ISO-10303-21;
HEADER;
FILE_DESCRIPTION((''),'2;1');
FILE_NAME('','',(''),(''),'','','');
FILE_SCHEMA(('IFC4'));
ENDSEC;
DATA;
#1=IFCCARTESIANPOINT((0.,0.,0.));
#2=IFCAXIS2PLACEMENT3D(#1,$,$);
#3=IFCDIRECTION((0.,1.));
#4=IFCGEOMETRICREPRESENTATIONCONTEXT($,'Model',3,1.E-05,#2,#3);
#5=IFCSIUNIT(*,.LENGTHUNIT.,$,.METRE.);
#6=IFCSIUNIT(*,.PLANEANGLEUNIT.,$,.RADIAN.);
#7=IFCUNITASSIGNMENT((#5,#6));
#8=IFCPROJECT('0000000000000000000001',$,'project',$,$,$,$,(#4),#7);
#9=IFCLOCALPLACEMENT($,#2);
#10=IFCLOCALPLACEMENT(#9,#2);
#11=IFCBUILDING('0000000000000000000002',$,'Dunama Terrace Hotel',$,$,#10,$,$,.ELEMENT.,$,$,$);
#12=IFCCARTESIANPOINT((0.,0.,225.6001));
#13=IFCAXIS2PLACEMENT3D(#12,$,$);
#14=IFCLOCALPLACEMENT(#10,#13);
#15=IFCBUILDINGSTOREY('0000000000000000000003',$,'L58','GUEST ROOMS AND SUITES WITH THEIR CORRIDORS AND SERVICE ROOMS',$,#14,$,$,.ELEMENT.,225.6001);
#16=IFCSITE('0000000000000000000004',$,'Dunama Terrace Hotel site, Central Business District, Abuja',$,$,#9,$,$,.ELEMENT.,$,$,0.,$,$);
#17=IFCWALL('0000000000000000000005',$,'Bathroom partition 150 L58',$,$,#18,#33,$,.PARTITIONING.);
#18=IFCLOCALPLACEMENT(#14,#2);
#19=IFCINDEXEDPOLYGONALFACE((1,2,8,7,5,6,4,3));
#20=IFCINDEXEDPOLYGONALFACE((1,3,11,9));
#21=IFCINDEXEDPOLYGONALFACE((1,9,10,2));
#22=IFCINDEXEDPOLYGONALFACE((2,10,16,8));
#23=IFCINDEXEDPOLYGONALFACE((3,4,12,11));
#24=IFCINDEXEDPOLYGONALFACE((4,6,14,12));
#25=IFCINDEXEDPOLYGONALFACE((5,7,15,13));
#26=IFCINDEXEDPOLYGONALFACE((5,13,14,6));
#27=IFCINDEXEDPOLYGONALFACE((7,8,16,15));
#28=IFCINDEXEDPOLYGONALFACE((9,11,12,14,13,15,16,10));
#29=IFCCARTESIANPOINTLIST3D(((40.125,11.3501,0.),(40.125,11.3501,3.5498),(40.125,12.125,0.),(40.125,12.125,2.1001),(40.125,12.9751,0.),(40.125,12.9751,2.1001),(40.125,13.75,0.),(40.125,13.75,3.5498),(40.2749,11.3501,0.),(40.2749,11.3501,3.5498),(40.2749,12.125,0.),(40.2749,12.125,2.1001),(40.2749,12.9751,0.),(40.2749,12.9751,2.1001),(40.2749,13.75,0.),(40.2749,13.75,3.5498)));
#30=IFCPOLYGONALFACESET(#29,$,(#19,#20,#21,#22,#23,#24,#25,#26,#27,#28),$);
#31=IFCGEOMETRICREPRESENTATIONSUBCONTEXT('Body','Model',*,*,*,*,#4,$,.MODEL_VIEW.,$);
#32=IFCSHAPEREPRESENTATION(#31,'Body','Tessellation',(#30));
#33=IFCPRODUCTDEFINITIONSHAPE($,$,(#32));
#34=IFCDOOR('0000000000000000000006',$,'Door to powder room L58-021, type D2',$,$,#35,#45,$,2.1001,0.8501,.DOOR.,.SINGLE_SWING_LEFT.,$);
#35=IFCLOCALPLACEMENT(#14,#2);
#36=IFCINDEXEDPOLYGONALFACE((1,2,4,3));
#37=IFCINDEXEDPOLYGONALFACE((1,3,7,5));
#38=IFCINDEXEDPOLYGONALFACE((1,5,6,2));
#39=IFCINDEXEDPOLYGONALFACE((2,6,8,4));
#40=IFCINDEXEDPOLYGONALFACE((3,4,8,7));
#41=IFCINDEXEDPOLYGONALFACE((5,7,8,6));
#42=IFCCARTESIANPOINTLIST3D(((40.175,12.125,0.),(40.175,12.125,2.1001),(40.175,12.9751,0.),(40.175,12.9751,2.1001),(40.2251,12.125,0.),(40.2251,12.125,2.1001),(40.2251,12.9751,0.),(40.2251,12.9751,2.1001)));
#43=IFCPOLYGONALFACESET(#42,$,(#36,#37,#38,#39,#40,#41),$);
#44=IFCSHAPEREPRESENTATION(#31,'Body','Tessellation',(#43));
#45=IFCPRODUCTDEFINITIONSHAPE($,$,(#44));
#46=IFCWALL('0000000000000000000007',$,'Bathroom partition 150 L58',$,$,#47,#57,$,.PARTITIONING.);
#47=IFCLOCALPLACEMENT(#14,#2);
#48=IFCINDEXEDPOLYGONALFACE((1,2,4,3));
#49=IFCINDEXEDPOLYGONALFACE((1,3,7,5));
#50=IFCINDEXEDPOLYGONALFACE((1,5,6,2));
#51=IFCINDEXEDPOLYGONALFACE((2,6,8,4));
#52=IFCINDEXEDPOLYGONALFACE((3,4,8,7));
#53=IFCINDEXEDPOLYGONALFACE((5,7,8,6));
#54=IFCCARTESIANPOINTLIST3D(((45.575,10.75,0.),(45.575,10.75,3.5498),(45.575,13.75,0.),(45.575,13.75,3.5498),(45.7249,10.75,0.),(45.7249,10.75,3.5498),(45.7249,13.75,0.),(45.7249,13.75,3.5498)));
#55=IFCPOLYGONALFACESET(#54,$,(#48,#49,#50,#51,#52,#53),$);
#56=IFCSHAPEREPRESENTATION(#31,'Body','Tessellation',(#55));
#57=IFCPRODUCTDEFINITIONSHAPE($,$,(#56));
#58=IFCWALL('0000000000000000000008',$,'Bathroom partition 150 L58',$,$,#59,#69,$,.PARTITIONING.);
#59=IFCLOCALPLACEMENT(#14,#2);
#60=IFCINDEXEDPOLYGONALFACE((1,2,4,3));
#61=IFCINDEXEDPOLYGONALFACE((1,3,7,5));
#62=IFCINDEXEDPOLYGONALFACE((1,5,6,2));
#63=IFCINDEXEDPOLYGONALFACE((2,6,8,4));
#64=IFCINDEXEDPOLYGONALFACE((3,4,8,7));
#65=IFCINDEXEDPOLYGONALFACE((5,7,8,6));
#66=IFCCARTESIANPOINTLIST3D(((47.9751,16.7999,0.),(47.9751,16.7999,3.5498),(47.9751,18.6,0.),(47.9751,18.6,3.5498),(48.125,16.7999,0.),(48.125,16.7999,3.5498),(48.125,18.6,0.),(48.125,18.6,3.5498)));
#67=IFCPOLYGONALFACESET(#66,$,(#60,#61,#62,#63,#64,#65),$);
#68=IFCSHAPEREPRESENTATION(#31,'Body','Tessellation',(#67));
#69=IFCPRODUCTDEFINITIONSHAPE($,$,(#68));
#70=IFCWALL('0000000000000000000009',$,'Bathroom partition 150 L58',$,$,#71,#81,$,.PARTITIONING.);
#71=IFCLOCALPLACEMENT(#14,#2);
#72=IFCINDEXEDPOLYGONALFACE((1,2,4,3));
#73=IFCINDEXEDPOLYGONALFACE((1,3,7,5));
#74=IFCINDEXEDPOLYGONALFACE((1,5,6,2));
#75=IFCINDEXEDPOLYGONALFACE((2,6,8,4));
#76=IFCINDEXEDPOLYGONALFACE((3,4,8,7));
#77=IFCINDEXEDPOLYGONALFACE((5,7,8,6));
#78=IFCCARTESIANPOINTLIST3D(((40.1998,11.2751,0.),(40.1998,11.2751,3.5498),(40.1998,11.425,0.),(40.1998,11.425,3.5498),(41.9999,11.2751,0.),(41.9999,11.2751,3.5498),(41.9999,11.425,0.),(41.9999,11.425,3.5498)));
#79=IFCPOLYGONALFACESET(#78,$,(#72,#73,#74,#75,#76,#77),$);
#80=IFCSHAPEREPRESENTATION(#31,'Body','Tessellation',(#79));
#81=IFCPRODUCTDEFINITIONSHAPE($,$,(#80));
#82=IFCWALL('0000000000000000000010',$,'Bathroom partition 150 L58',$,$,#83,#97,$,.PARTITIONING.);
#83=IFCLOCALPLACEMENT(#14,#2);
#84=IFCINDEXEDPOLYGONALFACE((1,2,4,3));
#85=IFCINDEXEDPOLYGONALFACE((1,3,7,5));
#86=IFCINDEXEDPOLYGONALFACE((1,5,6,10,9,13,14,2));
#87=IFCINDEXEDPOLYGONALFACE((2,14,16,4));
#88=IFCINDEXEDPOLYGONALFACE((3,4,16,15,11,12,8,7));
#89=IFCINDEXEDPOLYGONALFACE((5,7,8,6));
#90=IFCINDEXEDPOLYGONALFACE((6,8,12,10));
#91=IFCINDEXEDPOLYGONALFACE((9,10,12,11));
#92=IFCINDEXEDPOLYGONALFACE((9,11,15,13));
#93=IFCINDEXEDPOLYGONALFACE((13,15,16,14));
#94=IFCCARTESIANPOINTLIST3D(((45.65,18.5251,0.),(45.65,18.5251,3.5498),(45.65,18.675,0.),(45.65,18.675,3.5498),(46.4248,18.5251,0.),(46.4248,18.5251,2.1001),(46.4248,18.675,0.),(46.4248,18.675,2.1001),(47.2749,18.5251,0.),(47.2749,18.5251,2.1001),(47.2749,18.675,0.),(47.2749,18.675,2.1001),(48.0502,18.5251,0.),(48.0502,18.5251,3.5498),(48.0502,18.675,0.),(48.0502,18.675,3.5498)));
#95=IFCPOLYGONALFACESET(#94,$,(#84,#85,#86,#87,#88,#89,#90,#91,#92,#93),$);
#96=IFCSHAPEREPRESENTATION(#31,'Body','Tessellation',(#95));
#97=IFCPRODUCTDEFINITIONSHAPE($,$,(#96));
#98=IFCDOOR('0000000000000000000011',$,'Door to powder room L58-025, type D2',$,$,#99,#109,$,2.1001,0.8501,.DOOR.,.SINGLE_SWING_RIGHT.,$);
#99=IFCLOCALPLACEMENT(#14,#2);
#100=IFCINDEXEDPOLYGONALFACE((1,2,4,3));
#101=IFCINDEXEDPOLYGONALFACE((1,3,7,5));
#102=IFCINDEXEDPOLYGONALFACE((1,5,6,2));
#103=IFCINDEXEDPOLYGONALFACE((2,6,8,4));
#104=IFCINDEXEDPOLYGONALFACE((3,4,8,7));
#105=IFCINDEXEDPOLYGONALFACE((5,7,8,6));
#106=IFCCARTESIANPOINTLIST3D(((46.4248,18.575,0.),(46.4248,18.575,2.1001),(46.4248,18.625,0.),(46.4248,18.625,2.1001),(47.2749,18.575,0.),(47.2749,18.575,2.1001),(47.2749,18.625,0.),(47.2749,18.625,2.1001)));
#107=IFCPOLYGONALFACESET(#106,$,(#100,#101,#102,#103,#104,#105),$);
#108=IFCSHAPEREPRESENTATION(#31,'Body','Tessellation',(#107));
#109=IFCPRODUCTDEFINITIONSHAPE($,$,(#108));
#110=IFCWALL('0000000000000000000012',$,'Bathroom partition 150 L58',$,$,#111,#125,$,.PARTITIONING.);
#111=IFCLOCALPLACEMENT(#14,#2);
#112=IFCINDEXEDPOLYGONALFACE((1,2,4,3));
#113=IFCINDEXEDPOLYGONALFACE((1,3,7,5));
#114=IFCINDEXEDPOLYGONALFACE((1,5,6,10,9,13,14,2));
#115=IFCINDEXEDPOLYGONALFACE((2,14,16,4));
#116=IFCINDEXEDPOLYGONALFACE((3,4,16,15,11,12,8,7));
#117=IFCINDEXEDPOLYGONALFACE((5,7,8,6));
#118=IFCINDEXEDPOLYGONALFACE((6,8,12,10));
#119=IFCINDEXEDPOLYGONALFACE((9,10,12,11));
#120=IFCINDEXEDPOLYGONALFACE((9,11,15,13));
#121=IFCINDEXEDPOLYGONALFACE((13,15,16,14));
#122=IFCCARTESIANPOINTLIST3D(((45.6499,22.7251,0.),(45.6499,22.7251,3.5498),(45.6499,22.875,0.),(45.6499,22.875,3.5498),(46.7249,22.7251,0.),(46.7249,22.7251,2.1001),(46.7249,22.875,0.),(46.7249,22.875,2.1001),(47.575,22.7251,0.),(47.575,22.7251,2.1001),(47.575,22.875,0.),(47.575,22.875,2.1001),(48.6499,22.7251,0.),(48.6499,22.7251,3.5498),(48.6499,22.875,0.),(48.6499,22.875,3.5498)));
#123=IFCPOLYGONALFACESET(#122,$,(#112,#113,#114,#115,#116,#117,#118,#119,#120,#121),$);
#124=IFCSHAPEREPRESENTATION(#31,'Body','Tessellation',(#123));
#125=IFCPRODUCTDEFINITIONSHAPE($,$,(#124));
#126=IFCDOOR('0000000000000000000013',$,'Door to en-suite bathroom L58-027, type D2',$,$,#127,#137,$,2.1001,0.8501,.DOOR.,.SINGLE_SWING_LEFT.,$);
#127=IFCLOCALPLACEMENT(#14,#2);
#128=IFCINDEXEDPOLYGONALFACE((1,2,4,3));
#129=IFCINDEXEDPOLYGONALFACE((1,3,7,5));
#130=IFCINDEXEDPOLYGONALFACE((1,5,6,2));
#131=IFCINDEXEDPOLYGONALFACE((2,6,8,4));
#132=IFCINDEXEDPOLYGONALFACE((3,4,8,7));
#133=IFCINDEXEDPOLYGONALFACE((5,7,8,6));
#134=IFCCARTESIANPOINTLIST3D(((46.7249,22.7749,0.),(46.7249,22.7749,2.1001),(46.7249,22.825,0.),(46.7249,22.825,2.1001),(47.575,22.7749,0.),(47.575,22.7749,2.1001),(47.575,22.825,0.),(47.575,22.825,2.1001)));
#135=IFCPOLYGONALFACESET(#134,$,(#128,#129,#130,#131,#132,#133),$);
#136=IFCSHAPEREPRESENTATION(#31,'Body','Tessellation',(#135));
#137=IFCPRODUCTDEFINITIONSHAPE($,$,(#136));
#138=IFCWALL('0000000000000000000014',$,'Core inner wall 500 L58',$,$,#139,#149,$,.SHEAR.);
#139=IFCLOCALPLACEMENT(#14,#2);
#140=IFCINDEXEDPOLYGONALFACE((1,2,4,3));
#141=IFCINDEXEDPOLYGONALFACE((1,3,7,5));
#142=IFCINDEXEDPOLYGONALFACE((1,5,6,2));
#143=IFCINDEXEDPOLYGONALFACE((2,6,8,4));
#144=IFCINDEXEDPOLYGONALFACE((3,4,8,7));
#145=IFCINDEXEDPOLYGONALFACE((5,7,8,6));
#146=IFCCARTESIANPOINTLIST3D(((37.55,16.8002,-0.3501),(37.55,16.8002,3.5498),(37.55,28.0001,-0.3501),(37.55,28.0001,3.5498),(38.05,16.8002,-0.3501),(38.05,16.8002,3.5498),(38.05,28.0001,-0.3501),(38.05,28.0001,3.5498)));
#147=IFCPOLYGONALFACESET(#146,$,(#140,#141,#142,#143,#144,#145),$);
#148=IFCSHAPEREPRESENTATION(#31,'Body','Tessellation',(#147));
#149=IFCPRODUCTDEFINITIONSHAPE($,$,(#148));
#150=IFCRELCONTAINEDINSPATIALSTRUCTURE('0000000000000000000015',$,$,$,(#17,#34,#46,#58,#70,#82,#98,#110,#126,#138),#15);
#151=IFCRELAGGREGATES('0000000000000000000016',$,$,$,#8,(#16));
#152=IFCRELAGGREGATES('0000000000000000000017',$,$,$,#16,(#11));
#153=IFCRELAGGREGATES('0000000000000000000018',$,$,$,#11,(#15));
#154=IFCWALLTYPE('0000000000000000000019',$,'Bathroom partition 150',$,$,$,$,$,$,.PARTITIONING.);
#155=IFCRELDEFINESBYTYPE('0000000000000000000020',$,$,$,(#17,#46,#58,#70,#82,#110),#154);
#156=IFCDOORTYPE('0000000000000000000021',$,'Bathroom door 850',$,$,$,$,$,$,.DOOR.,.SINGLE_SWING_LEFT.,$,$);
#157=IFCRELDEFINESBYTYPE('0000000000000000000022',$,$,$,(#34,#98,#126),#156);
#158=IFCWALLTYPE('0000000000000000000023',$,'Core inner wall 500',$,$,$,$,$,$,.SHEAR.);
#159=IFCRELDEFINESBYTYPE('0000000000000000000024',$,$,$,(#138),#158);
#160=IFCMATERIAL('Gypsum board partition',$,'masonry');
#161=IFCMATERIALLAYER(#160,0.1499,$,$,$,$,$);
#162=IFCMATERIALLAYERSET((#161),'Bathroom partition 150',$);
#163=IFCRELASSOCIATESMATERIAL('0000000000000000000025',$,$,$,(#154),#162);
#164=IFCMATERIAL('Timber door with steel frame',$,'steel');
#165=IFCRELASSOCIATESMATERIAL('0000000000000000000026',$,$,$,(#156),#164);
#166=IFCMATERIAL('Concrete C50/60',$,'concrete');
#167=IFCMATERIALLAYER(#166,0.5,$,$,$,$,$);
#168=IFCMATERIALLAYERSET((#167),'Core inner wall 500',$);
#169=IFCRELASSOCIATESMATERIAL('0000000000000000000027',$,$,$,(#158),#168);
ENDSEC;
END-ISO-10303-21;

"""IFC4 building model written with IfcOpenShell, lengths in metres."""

from ifc_helpers import new_model, si_unit, direction, frame, frame_2d, origin, place, context, subcontext, project, spatial, rectangle, extrude, material, layer, layer_set, type_object, element, fill, save


model = new_model("IFC4")

# Units and contexts
model_context = context("Model", 3, precision=1e-05, world=origin(), true_north=direction((0.0, 1.0)))
body_context = subcontext(model_context, "Body", "Model", "MODEL_VIEW")
ifc_project = project(units=[si_unit("LENGTHUNIT", "METRE"), si_unit("PLANEANGLEUNIT", "RADIAN")], contexts=[model_context])

# Site, building, storey
site_placement = place(None, origin())
site = spatial("IfcSite", under=ifc_project, at=site_placement, Name="Dunama Terrace Hotel site, Central Business District, Abuja", CompositionType="ELEMENT", RefElevation=0.0)
building_placement = place(site_placement, origin())
building = spatial("IfcBuilding", under=site, at=building_placement, Name="Dunama Terrace Hotel", CompositionType="ELEMENT")
storey_placement = place(building_placement, frame((0.0, 0.0, 225.6001)))
storey = spatial("IfcBuildingStorey", under=building, at=storey_placement, Name="L58", Description="GUEST ROOMS AND SUITES WITH THEIR CORRIDORS AND SERVICE ROOMS", CompositionType="ELEMENT", Elevation=225.6001)

# Wall, opening, door
ifc_material_1 = material(Name="Gypsum board partition", Category="masonry")
ifc_layer_1 = layer(ifc_material_1, 0.1499)
ifc_layer_set_1 = layer_set([ifc_layer_1], Name="Bathroom partition 150")
wall_type_1 = type_object("IfcWallType", Name="Bathroom partition 150", PredefinedType="PARTITIONING", material=ifc_layer_set_1)
wall_1_placement = place(storey_placement, frame((40.2, 11.3501, 0.0), z_axis=(0.0, 0.0, 1.0), x_axis=(0.0, 1.0, 0.0)))
wall_1 = element("IfcWall", 1, at=wall_1_placement, inside=storey, type_object=wall_type_1, Name="Bathroom partition 150 L58", PredefinedType="PARTITIONING", context=body_context, shape_type="SweptSolid", body=[
    extrude(rectangle(XDim=2.3999, YDim=0.1499, at=frame_2d((1.2, 0.0))), origin(), (0.0, 0.0, 1.0), 3.5498),
])
opening_1_placement = place(wall_1_placement, frame((0.7749, 0.0, 0.0)))
opening_1 = element("IfcOpeningElement", 2, at=opening_1_placement, cuts=wall_1, PredefinedType="OPENING", context=body_context, shape_type="SweptSolid", body=[
    extrude(rectangle(XDim=0.8501, YDim=2.1001, at=frame_2d((0.425, 1.05))), frame((0.0, 0.085, 0.0), z_axis=(0.0, -1.0, 0.0), x_axis=(1.0, 0.0, 0.0)), (0.0, 0.0, 1.0), 0.1699),
])
ifc_material_2 = material(Name="Timber door with steel frame", Category="steel")
door_type_1 = type_object("IfcDoorType", Name="Bathroom door 850", OperationType="SINGLE_SWING_LEFT", PredefinedType="DOOR", material=ifc_material_2)
door_1_placement = place(opening_1_placement, frame((0.8501, 0.0, 0.0), z_axis=(0.0, 0.0, 1.0), x_axis=(-1.0, 0.0, 0.0)))
door_1 = element("IfcDoor", 3, at=door_1_placement, inside=storey, type_object=door_type_1, Name="Door to powder room L58-021, type D2", OperationType="SINGLE_SWING_LEFT", OverallHeight=2.1001, OverallWidth=0.8501, PredefinedType="DOOR", context=body_context, shape_type="SweptSolid", body=[
    extrude(rectangle(XDim=0.8501, YDim=2.1001, at=frame_2d((0.425, 1.05))), frame((0.0, 0.0251, 0.0), z_axis=(0.0, -1.0, 0.0), x_axis=(1.0, 0.0, 0.0)), (0.0, 0.0, 1.0), 0.05),
])
fill(opening_1, door_1)

# Walls
wall_2_placement = place(storey_placement, frame((45.6499, 10.75, 0.0), z_axis=(0.0, 0.0, 1.0), x_axis=(0.0, 1.0, 0.0)))
element("IfcWall", 4, at=wall_2_placement, inside=storey, type_object=wall_type_1, Name="Bathroom partition 150 L58", PredefinedType="PARTITIONING", context=body_context, shape_type="SweptSolid", body=[
    extrude(rectangle(XDim=3.0, YDim=0.1499, at=frame_2d((1.5, 0.0))), origin(), (0.0, 0.0, 1.0), 3.5498),
])
for number, where, z_axis, x_axis, name in (
    (5, (48.05, 16.8, 0.0), (0.0, 0.0, 1.0), (0.0, 1.0, 0.0), "Bathroom partition 150 L58"),
    (6, (40.2, 11.3501, 0.0), (0.0, 0.0, 1.0), (1.0, 0.0, 0.0), "Bathroom partition 150 L58"),
):
    element("IfcWall", number, at=place(storey_placement, frame(where, z_axis=z_axis, x_axis=x_axis)), inside=storey, type_object=wall_type_1, Name=name, PredefinedType="PARTITIONING", context=body_context, shape_type="SweptSolid", body=[
        extrude(rectangle(XDim=1.8, YDim=0.1499, at=frame_2d((0.8999, 0.0))), origin(), (0.0, 0.0, 1.0), 3.5498),
    ])

# Walls, openings, doors
wall_3_placement = place(storey_placement, frame((45.6499, 18.6001, 0.0), z_axis=(0.0, 0.0, 1.0), x_axis=(1.0, 0.0, 0.0)))
wall_3 = element("IfcWall", 7, at=wall_3_placement, inside=storey, type_object=wall_type_1, Name="Bathroom partition 150 L58", PredefinedType="PARTITIONING", context=body_context, shape_type="SweptSolid", body=[
    extrude(rectangle(XDim=2.4001, YDim=0.1499, at=frame_2d((1.2002, 0.0))), origin(), (0.0, 0.0, 1.0), 3.5498),
])
opening_2_placement = place(wall_3_placement, frame((0.7749, 0.0, 0.0)))
opening_2 = element("IfcOpeningElement", 8, at=opening_2_placement, cuts=wall_3, PredefinedType="OPENING", context=body_context, shape_type="SweptSolid", body=[
    extrude(rectangle(XDim=0.8501, YDim=2.1001, at=frame_2d((0.425, 1.05))), frame((0.0, 0.085, 0.0), z_axis=(0.0, -1.0, 0.0), x_axis=(1.0, 0.0, 0.0)), (0.0, 0.0, 1.0), 0.1699),
])
door_2_placement = place(opening_2_placement, frame((0.8501, 0.0, 0.0), z_axis=(0.0, 0.0, 1.0), x_axis=(-1.0, 0.0, 0.0)))
door_2 = element("IfcDoor", 9, at=door_2_placement, inside=storey, type_object=door_type_1, Name="Door to powder room L58-025, type D2", OperationType="SINGLE_SWING_RIGHT", OverallHeight=2.1001, OverallWidth=0.8501, PredefinedType="DOOR", context=body_context, shape_type="SweptSolid", body=[
    extrude(rectangle(XDim=0.8501, YDim=2.1001, at=frame_2d((0.425, 1.05))), frame((0.0, 0.0251, 0.0), z_axis=(0.0, -1.0, 0.0), x_axis=(1.0, 0.0, 0.0)), (0.0, 0.0, 1.0), 0.05),
])
fill(opening_2, door_2)
wall_4_placement = place(storey_placement, frame((45.6499, 22.8, 0.0), z_axis=(0.0, 0.0, 1.0), x_axis=(1.0, 0.0, 0.0)))
wall_4 = element("IfcWall", 10, at=wall_4_placement, inside=storey, type_object=wall_type_1, Name="Bathroom partition 150 L58", PredefinedType="PARTITIONING", context=body_context, shape_type="SweptSolid", body=[
    extrude(rectangle(XDim=3.0, YDim=0.1499, at=frame_2d((1.5, 0.0))), origin(), (0.0, 0.0, 1.0), 3.5498),
])
opening_3_placement = place(wall_4_placement, frame((1.075, 0.0, 0.0)))
opening_3 = element("IfcOpeningElement", 11, at=opening_3_placement, cuts=wall_4, PredefinedType="OPENING", context=body_context, shape_type="SweptSolid", body=[
    extrude(rectangle(XDim=0.8501, YDim=2.1001, at=frame_2d((0.425, 1.05))), frame((0.0, 0.085, 0.0), z_axis=(0.0, -1.0, 0.0), x_axis=(1.0, 0.0, 0.0)), (0.0, 0.0, 1.0), 0.1699),
])
door_3_placement = place(opening_3_placement, origin())
door_3 = element("IfcDoor", 12, at=door_3_placement, inside=storey, type_object=door_type_1, Name="Door to en-suite bathroom L58-027, type D2", OperationType="SINGLE_SWING_LEFT", OverallHeight=2.1001, OverallWidth=0.8501, PredefinedType="DOOR", context=body_context, shape_type="SweptSolid", body=[
    extrude(rectangle(XDim=0.8501, YDim=2.1001, at=frame_2d((0.425, 1.05))), frame((0.0, 0.0249, 0.0), z_axis=(0.0, -1.0, 0.0), x_axis=(1.0, 0.0, 0.0)), (0.0, 0.0, 1.0), 0.05),
])
fill(opening_3, door_3)

# Wall
ifc_material_3 = material(Name="Concrete C50/60", Category="concrete")
ifc_layer_2 = layer(ifc_material_3, 0.5)
ifc_layer_set_2 = layer_set([ifc_layer_2], Name="Core inner wall 500")
wall_type_2 = type_object("IfcWallType", Name="Core inner wall 500", PredefinedType="SHEAR", material=ifc_layer_set_2)
wall_5_placement = place(storey_placement, frame((37.8, 16.8, -0.3501), z_axis=(0.0, 0.0, 1.0), x_axis=(0.0, 1.0, 0.0)))
element("IfcWall", 13, at=wall_5_placement, inside=storey, type_object=wall_type_2, Name="Core inner wall 500 L58", PredefinedType="SHEAR", context=body_context, shape_type="SweptSolid", body=[
    extrude(rectangle(XDim=11.2, YDim=0.5, at=frame_2d((5.6001, 0.0))), origin(), (0.0, 0.0, 1.0), 3.8999),
])

save(model, "model.ifc")
